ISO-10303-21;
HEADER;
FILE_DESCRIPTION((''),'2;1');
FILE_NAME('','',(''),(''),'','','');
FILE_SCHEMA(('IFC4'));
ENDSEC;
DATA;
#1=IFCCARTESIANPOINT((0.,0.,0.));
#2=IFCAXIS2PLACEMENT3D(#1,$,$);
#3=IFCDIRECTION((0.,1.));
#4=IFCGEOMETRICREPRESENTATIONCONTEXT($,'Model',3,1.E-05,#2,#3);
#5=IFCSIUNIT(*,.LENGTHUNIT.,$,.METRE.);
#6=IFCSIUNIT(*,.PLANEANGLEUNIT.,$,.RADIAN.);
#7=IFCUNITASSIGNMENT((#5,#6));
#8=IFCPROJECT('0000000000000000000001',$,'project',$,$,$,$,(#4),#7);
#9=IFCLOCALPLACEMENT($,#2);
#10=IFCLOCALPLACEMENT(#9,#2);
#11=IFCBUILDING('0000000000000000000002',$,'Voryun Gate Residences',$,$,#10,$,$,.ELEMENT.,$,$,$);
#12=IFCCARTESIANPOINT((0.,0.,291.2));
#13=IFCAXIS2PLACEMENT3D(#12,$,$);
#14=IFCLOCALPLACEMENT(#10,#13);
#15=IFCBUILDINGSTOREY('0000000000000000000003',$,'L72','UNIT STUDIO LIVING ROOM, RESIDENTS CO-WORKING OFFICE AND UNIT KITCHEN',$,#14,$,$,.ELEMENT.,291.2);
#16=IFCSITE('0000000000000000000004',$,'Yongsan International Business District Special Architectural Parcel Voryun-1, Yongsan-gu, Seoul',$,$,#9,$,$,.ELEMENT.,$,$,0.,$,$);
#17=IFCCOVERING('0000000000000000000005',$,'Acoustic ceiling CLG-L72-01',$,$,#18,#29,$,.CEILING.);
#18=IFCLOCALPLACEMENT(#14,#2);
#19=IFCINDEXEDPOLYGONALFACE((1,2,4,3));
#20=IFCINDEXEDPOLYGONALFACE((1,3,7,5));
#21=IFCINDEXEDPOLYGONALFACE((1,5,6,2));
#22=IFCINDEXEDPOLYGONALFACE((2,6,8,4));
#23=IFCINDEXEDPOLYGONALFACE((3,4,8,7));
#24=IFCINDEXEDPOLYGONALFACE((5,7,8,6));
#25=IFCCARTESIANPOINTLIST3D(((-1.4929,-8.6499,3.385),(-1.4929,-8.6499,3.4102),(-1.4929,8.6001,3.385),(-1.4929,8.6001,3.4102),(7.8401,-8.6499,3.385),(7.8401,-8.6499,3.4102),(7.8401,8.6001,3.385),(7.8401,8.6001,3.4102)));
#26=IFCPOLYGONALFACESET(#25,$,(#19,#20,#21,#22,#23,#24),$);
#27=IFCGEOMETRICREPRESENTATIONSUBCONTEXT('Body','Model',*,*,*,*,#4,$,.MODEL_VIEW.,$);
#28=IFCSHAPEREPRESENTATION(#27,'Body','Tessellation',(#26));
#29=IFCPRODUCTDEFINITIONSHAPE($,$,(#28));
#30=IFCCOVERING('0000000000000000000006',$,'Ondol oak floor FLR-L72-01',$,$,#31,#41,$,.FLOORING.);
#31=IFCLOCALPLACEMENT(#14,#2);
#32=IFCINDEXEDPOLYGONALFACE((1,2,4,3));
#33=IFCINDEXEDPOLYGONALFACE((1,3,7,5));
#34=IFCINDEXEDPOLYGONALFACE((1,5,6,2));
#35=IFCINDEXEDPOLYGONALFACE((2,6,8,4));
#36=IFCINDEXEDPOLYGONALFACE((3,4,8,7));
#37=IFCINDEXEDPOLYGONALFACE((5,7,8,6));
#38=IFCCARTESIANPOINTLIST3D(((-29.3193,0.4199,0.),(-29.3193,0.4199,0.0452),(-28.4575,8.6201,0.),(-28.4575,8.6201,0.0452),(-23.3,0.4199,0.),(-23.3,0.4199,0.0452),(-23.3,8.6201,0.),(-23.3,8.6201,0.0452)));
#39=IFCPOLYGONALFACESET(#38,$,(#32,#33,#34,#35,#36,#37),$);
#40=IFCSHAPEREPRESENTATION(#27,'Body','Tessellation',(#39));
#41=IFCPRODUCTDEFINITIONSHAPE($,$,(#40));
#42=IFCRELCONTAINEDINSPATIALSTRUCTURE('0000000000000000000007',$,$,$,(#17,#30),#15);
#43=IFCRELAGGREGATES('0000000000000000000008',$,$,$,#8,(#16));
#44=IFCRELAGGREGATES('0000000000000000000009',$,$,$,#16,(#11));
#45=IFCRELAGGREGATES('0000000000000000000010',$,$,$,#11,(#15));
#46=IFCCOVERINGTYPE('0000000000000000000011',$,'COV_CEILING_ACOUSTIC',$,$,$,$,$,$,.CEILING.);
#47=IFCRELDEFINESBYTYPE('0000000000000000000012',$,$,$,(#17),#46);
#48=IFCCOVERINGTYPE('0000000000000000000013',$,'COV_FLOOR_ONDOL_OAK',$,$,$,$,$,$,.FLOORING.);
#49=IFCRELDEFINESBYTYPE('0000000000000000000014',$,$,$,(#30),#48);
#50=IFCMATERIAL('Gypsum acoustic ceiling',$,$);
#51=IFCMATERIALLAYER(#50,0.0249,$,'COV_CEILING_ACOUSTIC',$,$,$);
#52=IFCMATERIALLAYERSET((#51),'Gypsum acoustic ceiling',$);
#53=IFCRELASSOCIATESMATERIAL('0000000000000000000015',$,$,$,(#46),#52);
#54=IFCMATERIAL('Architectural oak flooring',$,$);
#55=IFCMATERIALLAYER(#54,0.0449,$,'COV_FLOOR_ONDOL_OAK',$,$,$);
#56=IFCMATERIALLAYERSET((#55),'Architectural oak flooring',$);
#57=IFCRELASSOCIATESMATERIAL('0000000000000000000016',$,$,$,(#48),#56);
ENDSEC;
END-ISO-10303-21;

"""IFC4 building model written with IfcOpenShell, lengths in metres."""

from ifc_helpers import new_model, si_unit, direction, frame, origin, place, context, subcontext, project, spatial, polyline, outline, extrude, material, layer, layer_set, type_object, element, save


model = new_model("IFC4")

# Units and contexts
model_context = context("Model", 3, precision=1e-05, world=origin(), true_north=direction((0.0, 1.0)))
body_context = subcontext(model_context, "Body", "Model", "MODEL_VIEW")
ifc_project = project(units=[si_unit("LENGTHUNIT", "METRE"), si_unit("PLANEANGLEUNIT", "RADIAN")], contexts=[model_context])

# Site, building, storey
site_placement = place(None, origin())
site = spatial("IfcSite", under=ifc_project, at=site_placement, Name="Yongsan International Business District Special Architectural Parcel Voryun-1, Yongsan-gu, Seoul", CompositionType="ELEMENT", RefElevation=0.0)
building_placement = place(site_placement, origin())
building = spatial("IfcBuilding", under=site, at=building_placement, Name="Voryun Gate Residences", CompositionType="ELEMENT")
storey_placement = place(building_placement, frame((0.0, 0.0, 291.2)))
storey = spatial("IfcBuildingStorey", under=building, at=storey_placement, Name="L72", Description="UNIT STUDIO LIVING ROOM, RESIDENTS CO-WORKING OFFICE AND UNIT KITCHEN", CompositionType="ELEMENT", Elevation=291.2)

# Coverings
ifc_material_1 = material(Name="Gypsum acoustic ceiling")
ifc_layer_1 = layer(ifc_material_1, 0.0249, Name="COV_CEILING_ACOUSTIC")
ifc_layer_set_1 = layer_set([ifc_layer_1], Name="Gypsum acoustic ceiling")
covering_type_1 = type_object("IfcCoveringType", Name="COV_CEILING_ACOUSTIC", PredefinedType="CEILING", material=ifc_layer_set_1)
covering_1_placement = place(storey_placement, frame((0.0, 0.0, 3.385)))
element("IfcCovering", 1, at=covering_1_placement, inside=storey, type_object=covering_type_1, Name="Acoustic ceiling CLG-L72-01", PredefinedType="CEILING", context=body_context, shape_type="SweptSolid", body=[
    extrude(outline(polyline([(-1.4929, -8.6499), (-1.4929, 8.6001), (7.8401, 8.6001), (7.8401, -8.6499), (-1.4929, -8.6499)])), origin(), (0.0, 0.0, 1.0), 0.0251),
])
ifc_material_2 = material(Name="Architectural oak flooring")
ifc_layer_2 = layer(ifc_material_2, 0.0449, Name="COV_FLOOR_ONDOL_OAK")
ifc_layer_set_2 = layer_set([ifc_layer_2], Name="Architectural oak flooring")
covering_type_2 = type_object("IfcCoveringType", Name="COV_FLOOR_ONDOL_OAK", PredefinedType="FLOORING", material=ifc_layer_set_2)
covering_2_placement = place(storey_placement, origin())
element("IfcCovering", 2, at=covering_2_placement, inside=storey, type_object=covering_type_2, Name="Ondol oak floor FLR-L72-01", PredefinedType="FLOORING", context=body_context, shape_type="SweptSolid", body=[
    extrude(outline(polyline([(-23.3, 8.6201), (-23.3, 0.4199), (-29.3193, 0.4199), (-28.4575, 8.6201), (-23.3, 8.6201)])), origin(), (0.0, 0.0, 1.0), 0.0452),
])

save(model, "model.ifc")
